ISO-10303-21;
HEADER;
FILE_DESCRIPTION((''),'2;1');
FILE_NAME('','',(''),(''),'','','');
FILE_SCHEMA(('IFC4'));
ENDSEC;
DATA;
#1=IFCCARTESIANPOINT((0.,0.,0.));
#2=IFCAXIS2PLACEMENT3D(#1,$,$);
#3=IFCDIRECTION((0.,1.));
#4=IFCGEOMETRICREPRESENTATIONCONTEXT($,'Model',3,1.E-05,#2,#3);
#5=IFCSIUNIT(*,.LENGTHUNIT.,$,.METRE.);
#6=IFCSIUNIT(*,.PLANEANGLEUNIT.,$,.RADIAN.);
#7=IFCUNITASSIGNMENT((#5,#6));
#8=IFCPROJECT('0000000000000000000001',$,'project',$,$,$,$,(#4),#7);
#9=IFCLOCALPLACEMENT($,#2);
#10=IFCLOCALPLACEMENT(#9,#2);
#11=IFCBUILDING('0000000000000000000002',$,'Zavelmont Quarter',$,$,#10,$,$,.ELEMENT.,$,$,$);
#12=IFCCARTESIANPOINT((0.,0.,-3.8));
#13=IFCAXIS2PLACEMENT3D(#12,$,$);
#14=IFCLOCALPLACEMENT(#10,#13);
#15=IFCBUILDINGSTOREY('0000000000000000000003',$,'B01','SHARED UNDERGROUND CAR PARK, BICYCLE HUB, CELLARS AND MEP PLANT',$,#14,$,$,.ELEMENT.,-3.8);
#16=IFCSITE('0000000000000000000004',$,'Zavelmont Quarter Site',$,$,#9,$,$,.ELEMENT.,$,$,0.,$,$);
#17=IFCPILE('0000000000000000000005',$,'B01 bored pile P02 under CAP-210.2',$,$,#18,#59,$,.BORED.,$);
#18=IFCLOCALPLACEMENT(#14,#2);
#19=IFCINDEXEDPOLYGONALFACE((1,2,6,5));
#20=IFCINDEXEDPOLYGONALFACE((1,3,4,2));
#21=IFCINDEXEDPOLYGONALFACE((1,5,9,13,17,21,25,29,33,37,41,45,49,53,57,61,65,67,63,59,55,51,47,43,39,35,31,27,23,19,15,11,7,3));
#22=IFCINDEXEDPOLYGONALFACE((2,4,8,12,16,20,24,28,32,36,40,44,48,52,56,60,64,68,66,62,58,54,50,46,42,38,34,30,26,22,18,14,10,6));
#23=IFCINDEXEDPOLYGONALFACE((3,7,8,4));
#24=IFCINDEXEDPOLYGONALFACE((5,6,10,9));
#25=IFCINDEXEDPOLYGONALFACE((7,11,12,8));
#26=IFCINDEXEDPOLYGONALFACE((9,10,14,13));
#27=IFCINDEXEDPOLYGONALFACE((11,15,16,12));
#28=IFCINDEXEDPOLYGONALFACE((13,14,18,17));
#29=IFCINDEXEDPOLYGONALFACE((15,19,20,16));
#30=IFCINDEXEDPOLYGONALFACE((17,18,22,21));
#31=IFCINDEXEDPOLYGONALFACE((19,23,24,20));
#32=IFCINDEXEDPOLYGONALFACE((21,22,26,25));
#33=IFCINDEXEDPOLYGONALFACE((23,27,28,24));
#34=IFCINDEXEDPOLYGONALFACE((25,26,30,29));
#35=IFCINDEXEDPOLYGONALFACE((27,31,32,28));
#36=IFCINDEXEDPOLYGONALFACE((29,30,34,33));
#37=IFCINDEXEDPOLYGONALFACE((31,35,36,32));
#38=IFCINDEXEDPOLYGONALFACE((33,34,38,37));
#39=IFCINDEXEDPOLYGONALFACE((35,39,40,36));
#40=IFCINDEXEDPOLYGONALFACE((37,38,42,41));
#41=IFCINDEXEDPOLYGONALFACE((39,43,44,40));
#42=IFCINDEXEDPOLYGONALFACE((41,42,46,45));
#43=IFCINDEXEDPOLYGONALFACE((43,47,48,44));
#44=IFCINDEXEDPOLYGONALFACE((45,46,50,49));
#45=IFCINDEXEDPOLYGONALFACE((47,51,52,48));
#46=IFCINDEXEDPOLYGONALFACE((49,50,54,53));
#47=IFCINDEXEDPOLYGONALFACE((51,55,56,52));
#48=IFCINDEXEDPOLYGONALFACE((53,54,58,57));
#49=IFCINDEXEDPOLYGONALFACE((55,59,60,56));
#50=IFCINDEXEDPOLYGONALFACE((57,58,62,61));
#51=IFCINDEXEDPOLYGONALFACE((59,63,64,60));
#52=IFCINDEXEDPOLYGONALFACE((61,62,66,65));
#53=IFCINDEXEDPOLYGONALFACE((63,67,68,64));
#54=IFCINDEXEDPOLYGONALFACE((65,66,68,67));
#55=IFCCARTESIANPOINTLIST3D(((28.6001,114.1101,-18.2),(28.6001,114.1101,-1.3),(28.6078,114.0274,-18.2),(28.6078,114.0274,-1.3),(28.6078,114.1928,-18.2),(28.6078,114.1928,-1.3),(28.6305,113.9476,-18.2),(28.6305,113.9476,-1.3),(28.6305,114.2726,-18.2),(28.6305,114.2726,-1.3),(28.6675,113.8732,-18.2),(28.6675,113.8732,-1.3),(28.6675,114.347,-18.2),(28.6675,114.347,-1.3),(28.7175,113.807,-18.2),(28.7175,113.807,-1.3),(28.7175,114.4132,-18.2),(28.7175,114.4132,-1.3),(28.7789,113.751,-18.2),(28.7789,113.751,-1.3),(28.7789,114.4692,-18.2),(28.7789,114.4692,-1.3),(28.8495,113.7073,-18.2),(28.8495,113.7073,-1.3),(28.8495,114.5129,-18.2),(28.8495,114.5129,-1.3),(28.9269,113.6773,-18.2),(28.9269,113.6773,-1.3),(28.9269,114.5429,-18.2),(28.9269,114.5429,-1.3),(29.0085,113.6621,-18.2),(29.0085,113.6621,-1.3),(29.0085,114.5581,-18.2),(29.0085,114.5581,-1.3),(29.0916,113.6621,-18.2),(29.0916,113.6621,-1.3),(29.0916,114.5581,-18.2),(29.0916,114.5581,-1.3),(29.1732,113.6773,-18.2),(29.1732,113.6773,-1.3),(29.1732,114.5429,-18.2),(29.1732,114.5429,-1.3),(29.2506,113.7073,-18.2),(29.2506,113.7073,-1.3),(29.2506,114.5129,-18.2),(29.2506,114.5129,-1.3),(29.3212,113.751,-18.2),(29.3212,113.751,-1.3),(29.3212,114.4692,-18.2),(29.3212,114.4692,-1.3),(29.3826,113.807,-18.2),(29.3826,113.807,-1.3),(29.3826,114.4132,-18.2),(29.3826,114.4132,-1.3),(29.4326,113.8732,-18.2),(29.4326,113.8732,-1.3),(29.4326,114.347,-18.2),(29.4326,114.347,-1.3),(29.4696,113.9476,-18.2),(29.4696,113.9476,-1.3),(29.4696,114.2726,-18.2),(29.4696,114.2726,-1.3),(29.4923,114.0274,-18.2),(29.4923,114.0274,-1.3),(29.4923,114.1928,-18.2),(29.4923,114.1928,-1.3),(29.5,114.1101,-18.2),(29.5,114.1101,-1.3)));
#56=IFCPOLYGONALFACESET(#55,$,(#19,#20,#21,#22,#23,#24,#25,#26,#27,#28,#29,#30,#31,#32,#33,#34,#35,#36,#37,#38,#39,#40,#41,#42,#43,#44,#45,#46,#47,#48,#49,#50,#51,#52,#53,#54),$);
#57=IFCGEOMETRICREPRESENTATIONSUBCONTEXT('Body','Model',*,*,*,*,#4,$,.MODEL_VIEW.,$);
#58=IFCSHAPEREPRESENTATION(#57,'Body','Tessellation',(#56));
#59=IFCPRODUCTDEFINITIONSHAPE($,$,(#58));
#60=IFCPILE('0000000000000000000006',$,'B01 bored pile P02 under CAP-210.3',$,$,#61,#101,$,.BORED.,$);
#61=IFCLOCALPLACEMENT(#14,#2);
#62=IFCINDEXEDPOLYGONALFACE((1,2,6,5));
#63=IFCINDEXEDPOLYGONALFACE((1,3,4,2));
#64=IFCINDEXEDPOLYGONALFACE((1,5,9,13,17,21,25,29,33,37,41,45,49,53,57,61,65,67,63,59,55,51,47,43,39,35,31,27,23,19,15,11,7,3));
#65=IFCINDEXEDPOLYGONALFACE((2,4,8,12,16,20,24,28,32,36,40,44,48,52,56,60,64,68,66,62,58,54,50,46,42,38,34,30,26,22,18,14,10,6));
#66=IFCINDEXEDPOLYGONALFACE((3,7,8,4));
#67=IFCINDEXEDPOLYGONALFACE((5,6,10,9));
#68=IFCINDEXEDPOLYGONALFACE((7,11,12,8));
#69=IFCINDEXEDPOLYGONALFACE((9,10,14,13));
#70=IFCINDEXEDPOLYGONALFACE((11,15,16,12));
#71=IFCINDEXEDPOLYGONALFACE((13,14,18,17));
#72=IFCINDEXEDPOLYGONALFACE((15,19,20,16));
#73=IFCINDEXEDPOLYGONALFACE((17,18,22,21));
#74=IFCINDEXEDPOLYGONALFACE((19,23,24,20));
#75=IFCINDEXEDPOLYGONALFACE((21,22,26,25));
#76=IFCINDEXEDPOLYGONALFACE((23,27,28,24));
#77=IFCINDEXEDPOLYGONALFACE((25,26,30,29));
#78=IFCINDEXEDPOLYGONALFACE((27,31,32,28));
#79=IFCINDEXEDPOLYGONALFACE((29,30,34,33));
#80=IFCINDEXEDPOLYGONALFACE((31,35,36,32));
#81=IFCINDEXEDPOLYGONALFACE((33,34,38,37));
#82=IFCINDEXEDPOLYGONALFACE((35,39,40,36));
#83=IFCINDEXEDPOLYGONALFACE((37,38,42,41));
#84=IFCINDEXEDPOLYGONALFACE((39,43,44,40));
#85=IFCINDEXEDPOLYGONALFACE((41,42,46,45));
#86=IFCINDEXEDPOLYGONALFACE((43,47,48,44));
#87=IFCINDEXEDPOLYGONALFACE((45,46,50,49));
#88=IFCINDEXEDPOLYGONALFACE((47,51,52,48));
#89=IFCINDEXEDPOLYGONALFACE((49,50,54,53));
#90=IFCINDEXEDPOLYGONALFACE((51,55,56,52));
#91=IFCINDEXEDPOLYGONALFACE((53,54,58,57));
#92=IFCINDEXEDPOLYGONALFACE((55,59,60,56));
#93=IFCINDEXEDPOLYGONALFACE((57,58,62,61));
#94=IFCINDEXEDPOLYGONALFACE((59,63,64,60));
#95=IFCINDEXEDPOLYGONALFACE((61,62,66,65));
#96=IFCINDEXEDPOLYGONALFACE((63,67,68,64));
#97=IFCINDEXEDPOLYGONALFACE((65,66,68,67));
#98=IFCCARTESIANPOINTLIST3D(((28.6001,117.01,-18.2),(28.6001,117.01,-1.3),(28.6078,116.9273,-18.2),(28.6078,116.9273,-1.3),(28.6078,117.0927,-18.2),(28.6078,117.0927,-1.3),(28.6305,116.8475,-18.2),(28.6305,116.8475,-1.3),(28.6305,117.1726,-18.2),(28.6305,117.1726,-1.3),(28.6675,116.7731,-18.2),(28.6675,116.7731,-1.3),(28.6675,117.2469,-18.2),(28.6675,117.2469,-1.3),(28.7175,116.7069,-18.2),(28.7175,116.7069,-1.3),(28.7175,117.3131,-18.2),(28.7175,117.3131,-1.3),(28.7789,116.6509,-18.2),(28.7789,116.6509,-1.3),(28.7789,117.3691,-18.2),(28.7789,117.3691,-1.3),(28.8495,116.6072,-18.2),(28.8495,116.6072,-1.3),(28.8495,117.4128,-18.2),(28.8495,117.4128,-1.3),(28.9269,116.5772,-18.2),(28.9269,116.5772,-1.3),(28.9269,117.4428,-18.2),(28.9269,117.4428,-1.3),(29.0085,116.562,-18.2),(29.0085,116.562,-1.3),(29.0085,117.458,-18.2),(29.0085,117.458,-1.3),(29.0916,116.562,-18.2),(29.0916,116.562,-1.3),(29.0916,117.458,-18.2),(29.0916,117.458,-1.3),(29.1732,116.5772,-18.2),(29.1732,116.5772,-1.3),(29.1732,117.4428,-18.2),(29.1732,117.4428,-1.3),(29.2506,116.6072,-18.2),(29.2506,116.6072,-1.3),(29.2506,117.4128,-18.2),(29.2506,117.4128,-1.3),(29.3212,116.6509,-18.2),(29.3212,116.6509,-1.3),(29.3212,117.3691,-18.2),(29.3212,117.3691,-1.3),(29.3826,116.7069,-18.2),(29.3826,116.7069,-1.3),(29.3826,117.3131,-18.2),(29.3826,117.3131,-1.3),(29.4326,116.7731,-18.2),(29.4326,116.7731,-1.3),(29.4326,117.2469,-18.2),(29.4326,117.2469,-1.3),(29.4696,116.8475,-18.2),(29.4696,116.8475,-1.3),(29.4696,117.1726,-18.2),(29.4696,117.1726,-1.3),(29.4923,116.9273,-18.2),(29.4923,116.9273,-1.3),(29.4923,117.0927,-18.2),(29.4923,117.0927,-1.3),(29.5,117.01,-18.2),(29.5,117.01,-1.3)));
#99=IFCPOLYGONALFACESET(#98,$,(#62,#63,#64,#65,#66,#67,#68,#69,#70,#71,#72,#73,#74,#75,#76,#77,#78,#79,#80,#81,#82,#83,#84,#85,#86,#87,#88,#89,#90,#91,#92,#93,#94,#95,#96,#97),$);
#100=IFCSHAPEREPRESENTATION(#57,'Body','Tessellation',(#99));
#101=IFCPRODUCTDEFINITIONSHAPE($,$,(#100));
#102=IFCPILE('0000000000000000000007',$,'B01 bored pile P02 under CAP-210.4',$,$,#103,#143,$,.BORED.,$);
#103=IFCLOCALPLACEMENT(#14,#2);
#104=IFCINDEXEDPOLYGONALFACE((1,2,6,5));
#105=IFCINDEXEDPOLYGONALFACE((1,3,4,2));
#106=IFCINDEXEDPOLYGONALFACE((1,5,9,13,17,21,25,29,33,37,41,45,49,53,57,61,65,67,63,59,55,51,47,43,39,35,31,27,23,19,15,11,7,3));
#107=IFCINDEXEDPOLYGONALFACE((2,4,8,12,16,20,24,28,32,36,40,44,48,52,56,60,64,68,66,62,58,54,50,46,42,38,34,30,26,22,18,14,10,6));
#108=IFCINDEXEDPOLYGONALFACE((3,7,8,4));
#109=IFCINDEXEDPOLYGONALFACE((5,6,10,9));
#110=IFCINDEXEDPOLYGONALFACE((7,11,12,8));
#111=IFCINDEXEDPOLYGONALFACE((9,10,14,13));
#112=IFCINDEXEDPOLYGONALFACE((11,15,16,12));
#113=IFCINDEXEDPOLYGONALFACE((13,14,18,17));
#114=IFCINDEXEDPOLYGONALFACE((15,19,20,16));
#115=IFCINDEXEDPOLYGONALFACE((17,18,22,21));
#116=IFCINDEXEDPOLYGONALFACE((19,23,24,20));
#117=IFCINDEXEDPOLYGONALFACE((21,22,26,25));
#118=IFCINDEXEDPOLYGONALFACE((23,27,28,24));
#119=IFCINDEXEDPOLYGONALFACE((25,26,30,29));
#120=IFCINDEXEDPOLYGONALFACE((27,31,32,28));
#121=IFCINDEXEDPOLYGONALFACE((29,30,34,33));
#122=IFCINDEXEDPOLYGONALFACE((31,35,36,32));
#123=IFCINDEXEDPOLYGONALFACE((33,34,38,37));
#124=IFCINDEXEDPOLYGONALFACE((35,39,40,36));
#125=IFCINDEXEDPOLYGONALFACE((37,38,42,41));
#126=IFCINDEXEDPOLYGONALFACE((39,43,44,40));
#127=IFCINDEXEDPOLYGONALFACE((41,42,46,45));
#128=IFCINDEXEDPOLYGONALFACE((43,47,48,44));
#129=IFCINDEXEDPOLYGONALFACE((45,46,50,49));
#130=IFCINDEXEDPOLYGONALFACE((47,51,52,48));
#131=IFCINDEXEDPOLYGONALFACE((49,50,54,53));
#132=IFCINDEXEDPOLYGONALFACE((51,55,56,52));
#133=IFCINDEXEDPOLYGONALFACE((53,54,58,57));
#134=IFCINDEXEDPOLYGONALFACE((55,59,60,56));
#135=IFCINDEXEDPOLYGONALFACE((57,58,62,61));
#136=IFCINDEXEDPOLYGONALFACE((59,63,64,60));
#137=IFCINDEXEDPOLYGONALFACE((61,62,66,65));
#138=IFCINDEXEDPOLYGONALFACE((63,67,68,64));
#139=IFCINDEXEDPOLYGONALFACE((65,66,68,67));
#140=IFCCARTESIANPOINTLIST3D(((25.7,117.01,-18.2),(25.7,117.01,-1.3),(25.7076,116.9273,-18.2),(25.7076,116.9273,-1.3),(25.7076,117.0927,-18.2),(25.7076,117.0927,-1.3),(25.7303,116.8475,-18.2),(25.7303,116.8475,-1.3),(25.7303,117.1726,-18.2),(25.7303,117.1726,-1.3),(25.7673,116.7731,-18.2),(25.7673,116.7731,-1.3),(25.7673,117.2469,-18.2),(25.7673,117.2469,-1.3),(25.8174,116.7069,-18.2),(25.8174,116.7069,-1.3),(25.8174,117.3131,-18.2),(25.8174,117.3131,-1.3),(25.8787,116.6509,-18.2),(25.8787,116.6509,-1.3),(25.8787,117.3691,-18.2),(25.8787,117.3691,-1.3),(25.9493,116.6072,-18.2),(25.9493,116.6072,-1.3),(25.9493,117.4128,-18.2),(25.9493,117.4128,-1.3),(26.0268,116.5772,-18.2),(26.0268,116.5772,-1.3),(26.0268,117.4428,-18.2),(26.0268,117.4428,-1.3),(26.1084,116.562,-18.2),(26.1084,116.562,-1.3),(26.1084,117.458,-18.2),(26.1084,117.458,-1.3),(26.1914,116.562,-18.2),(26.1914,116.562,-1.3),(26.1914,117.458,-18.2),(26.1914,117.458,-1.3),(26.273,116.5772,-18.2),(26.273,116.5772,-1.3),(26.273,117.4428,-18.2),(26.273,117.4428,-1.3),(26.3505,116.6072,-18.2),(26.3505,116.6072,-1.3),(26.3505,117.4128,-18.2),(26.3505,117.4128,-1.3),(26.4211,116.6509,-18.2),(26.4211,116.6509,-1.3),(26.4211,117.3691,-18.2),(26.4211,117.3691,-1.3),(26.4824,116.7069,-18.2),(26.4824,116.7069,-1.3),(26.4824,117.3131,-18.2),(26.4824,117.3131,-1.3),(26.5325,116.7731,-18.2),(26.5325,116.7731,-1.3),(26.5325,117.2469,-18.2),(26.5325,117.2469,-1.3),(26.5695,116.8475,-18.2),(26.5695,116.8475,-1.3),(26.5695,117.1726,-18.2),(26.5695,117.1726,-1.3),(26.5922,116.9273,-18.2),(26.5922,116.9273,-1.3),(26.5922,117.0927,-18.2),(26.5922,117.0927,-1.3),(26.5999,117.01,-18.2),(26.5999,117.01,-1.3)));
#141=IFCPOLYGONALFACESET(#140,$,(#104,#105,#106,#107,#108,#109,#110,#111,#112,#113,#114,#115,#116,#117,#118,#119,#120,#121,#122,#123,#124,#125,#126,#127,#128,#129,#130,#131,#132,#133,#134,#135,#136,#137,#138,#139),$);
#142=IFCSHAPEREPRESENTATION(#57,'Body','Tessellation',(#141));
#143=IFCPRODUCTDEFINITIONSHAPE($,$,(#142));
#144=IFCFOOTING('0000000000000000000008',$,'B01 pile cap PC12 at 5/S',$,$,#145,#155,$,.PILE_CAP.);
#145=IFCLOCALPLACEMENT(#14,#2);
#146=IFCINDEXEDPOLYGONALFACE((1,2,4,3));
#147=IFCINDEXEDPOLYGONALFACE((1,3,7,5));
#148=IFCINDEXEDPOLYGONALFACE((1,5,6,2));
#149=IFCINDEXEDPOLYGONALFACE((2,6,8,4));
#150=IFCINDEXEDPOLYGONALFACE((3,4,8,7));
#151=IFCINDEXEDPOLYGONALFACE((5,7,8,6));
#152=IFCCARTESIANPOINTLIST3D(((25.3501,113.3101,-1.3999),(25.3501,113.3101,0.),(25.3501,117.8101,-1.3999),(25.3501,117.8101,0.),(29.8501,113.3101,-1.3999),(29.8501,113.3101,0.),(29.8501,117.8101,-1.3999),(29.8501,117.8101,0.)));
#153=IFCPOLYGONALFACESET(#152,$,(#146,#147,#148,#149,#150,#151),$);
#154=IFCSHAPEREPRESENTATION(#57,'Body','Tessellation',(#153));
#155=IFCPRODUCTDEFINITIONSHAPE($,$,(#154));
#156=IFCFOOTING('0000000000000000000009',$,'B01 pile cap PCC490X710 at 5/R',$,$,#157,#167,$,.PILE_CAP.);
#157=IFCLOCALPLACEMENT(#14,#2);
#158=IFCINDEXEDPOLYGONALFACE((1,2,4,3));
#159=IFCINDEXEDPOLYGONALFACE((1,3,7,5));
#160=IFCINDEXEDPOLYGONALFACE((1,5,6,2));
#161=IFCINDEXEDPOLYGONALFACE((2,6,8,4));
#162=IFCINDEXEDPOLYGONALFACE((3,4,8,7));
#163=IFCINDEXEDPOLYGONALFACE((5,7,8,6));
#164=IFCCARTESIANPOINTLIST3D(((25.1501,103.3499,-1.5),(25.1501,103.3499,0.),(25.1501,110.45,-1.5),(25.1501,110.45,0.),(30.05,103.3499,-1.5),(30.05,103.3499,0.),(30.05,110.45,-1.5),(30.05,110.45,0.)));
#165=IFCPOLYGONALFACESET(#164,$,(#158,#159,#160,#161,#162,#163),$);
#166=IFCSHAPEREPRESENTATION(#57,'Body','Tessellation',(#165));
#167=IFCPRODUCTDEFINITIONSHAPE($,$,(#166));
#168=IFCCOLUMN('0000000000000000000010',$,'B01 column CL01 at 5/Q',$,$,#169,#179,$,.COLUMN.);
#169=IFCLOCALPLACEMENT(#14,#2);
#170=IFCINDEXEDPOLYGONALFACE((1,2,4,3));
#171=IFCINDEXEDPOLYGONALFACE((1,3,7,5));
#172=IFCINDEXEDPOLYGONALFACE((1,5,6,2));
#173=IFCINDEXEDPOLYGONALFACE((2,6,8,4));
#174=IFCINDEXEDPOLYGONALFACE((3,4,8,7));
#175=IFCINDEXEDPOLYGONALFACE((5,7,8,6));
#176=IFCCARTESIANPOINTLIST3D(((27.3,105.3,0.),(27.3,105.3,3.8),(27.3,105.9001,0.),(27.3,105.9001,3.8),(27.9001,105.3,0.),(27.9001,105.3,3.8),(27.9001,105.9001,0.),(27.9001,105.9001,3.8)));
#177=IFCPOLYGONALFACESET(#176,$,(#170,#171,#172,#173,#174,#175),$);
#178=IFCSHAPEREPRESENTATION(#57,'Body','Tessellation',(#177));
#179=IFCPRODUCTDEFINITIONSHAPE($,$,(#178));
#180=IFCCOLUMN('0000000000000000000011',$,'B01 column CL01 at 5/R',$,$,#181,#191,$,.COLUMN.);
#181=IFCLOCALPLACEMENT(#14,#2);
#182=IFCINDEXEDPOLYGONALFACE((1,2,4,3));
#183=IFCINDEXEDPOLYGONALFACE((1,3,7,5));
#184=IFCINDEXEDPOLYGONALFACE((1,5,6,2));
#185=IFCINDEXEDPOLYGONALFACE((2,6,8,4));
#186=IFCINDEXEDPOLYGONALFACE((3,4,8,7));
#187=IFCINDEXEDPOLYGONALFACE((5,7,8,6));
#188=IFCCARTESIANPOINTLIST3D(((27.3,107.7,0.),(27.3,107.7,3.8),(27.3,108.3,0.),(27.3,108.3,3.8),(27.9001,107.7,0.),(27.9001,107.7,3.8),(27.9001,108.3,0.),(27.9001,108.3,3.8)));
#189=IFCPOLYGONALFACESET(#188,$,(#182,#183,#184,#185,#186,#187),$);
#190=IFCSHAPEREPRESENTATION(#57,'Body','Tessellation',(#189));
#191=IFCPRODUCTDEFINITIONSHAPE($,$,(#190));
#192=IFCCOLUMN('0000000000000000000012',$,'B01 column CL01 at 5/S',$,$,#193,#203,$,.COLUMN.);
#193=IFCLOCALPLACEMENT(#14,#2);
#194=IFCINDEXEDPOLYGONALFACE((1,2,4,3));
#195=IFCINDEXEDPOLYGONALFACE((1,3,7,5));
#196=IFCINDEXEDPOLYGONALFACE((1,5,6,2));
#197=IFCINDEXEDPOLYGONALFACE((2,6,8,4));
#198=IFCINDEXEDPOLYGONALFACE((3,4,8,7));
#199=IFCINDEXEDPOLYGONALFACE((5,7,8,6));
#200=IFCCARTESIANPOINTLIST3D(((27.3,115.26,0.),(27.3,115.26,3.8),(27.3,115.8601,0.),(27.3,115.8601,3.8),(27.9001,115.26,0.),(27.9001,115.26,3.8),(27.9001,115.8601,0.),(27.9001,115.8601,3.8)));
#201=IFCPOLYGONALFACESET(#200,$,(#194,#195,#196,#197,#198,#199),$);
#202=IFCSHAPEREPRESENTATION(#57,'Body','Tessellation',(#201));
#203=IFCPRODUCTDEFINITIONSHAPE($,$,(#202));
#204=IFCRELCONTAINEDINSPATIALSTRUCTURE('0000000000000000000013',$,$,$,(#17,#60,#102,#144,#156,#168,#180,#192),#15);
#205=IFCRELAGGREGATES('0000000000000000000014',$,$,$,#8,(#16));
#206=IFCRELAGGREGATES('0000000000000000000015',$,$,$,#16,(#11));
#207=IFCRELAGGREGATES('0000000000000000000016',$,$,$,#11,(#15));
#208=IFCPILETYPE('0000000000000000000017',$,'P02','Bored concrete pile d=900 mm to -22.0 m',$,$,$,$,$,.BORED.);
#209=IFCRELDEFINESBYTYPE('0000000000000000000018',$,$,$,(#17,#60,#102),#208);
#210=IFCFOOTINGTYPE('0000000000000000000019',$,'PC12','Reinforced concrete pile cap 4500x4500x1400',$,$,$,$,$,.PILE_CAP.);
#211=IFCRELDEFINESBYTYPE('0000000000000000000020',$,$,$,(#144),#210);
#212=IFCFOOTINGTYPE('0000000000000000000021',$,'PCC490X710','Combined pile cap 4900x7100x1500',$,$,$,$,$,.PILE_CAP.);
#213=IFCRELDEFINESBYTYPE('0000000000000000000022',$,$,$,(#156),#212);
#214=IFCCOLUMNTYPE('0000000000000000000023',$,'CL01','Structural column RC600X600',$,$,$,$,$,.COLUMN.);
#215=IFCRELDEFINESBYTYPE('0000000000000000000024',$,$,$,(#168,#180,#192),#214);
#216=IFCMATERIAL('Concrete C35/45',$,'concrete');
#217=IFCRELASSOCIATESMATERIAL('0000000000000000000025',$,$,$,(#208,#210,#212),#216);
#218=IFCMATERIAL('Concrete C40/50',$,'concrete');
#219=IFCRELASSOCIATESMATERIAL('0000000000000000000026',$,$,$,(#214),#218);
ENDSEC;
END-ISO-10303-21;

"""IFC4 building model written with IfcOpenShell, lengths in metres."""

from ifc_helpers import new_model, si_unit, direction, frame, origin, origin_2d, place, context, subcontext, project, spatial, rectangle, circle, extrude, material, material_profile, profile_set, type_object, element, save


model = new_model("IFC4")

# Units and contexts
model_context = context("Model", 3, precision=1e-05, world=origin(), true_north=direction((0.0, 1.0)))
body_context = subcontext(model_context, "Body", "Model", "MODEL_VIEW")
ifc_project = project(units=[si_unit("LENGTHUNIT", "METRE"), si_unit("PLANEANGLEUNIT", "RADIAN")], contexts=[model_context])

# Site, building, storey
site_placement = place(None, origin())
site = spatial("IfcSite", under=ifc_project, at=site_placement, Name="Zavelmont Quarter Site", CompositionType="ELEMENT", RefElevation=0.0)
building_placement = place(site_placement, origin())
building = spatial("IfcBuilding", under=site, at=building_placement, Name="Zavelmont Quarter", CompositionType="ELEMENT")
storey_placement = place(building_placement, frame((0.0, 0.0, -3.8)))
storey = spatial("IfcBuildingStorey", under=building, at=storey_placement, Name="B01", Description="SHARED UNDERGROUND CAR PARK, BICYCLE HUB, CELLARS AND MEP PLANT", CompositionType="ELEMENT", Elevation=-3.8)

# Shared definitions
ifc_material_1 = material(Name="Concrete C35/45", Category="concrete")

# Piles
ifc_material_profile_1 = material_profile(ifc_material_1, circle(Radius=0.45, at=origin_2d()), Name="BP900")
ifc_profile_set_1 = profile_set([ifc_material_profile_1], Name="Concrete C35/45")
pile_type_1 = type_object("IfcPileType", Name="P02", Description="Bored concrete pile d=900 mm to -22.0 m", PredefinedType="BORED", material=ifc_profile_set_1)
for number, where, z_axis, x_axis, name in (
    (1, (29.05, 114.1101, -1.3), (0.0, 0.0, -1.0), (1.0, 0.0, 0.0), "B01 bored pile P02 under CAP-210.2"),
    (2, (29.05, 117.01, -1.3), (0.0, 0.0, -1.0), (1.0, 0.0, 0.0), "B01 bored pile P02 under CAP-210.3"),
    (3, (26.1499, 117.01, -1.3), (0.0, 0.0, -1.0), (1.0, 0.0, 0.0), "B01 bored pile P02 under CAP-210.4"),
):
    element("IfcPile", number, at=place(storey_placement, frame(where, z_axis=z_axis, x_axis=x_axis)), inside=storey, type_object=pile_type_1, Name=name, PredefinedType="BORED", context=body_context, shape_type="SweptSolid", body=[
        extrude(circle(Radius=0.45, at=origin_2d()), origin(), (0.0, 0.0, 1.0), 16.8999),
    ])

# Footings
footing_type_1 = type_object("IfcFootingType", Name="PC12", Description="Reinforced concrete pile cap 4500x4500x1400", PredefinedType="PILE_CAP", material=ifc_material_1)
footing_1_placement = place(storey_placement, frame((27.6001, 115.5601, -1.3999), z_axis=(0.0, 0.0, 1.0), x_axis=(1.0, 0.0, 0.0)))
element("IfcFooting", 4, at=footing_1_placement, inside=storey, type_object=footing_type_1, Name="B01 pile cap PC12 at 5/S", PredefinedType="PILE_CAP", context=body_context, shape_type="SweptSolid", body=[
    extrude(rectangle(XDim=4.5, YDim=4.5, at=origin_2d()), origin(), (0.0, 0.0, 1.0), 1.3999),
])
footing_type_2 = type_object("IfcFootingType", Name="PCC490X710", Description="Combined pile cap 4900x7100x1500", PredefinedType="PILE_CAP", material=ifc_material_1)
footing_2_placement = place(storey_placement, frame((27.6001, 106.8999, -1.5), z_axis=(0.0, 0.0, 1.0), x_axis=(1.0, 0.0, 0.0)))
element("IfcFooting", 5, at=footing_2_placement, inside=storey, type_object=footing_type_2, Name="B01 pile cap PCC490X710 at 5/R", PredefinedType="PILE_CAP", context=body_context, shape_type="SweptSolid", body=[
    extrude(rectangle(XDim=4.8999, YDim=7.1001, at=origin_2d()), origin(), (0.0, 0.0, 1.0), 1.5),
])

# Columns
ifc_material_2 = material(Name="Concrete C40/50", Category="concrete")
ifc_material_profile_2 = material_profile(ifc_material_2, rectangle(XDim=0.6001, YDim=0.6001, at=origin_2d()), Name="RC600X600")
ifc_profile_set_2 = profile_set([ifc_material_profile_2], Name="Concrete C40/50")
column_type = type_object("IfcColumnType", Name="CL01", Description="Structural column RC600X600", PredefinedType="COLUMN", material=ifc_profile_set_2)
for number, where, z_axis, x_axis, name in (
    (6, (27.6001, 105.6001, 0.0), (0.0, 0.0, 1.0), (1.0, 0.0, 0.0), "B01 column CL01 at 5/Q"),
    (7, (27.6001, 108.0, 0.0), (0.0, 0.0, 1.0), (1.0, 0.0, 0.0), "B01 column CL01 at 5/R"),
    (8, (27.6001, 115.5601, 0.0), (0.0, 0.0, 1.0), (1.0, 0.0, 0.0), "B01 column CL01 at 5/S"),
):
    element("IfcColumn", number, at=place(storey_placement, frame(where, z_axis=z_axis, x_axis=x_axis)), inside=storey, type_object=column_type, Name=name, PredefinedType="COLUMN", context=body_context, shape_type="SweptSolid", body=[
        extrude(rectangle(XDim=0.6001, YDim=0.6001, at=origin_2d()), origin(), (0.0, 0.0, 1.0), 3.8),
    ])

save(model, "model.ifc")
